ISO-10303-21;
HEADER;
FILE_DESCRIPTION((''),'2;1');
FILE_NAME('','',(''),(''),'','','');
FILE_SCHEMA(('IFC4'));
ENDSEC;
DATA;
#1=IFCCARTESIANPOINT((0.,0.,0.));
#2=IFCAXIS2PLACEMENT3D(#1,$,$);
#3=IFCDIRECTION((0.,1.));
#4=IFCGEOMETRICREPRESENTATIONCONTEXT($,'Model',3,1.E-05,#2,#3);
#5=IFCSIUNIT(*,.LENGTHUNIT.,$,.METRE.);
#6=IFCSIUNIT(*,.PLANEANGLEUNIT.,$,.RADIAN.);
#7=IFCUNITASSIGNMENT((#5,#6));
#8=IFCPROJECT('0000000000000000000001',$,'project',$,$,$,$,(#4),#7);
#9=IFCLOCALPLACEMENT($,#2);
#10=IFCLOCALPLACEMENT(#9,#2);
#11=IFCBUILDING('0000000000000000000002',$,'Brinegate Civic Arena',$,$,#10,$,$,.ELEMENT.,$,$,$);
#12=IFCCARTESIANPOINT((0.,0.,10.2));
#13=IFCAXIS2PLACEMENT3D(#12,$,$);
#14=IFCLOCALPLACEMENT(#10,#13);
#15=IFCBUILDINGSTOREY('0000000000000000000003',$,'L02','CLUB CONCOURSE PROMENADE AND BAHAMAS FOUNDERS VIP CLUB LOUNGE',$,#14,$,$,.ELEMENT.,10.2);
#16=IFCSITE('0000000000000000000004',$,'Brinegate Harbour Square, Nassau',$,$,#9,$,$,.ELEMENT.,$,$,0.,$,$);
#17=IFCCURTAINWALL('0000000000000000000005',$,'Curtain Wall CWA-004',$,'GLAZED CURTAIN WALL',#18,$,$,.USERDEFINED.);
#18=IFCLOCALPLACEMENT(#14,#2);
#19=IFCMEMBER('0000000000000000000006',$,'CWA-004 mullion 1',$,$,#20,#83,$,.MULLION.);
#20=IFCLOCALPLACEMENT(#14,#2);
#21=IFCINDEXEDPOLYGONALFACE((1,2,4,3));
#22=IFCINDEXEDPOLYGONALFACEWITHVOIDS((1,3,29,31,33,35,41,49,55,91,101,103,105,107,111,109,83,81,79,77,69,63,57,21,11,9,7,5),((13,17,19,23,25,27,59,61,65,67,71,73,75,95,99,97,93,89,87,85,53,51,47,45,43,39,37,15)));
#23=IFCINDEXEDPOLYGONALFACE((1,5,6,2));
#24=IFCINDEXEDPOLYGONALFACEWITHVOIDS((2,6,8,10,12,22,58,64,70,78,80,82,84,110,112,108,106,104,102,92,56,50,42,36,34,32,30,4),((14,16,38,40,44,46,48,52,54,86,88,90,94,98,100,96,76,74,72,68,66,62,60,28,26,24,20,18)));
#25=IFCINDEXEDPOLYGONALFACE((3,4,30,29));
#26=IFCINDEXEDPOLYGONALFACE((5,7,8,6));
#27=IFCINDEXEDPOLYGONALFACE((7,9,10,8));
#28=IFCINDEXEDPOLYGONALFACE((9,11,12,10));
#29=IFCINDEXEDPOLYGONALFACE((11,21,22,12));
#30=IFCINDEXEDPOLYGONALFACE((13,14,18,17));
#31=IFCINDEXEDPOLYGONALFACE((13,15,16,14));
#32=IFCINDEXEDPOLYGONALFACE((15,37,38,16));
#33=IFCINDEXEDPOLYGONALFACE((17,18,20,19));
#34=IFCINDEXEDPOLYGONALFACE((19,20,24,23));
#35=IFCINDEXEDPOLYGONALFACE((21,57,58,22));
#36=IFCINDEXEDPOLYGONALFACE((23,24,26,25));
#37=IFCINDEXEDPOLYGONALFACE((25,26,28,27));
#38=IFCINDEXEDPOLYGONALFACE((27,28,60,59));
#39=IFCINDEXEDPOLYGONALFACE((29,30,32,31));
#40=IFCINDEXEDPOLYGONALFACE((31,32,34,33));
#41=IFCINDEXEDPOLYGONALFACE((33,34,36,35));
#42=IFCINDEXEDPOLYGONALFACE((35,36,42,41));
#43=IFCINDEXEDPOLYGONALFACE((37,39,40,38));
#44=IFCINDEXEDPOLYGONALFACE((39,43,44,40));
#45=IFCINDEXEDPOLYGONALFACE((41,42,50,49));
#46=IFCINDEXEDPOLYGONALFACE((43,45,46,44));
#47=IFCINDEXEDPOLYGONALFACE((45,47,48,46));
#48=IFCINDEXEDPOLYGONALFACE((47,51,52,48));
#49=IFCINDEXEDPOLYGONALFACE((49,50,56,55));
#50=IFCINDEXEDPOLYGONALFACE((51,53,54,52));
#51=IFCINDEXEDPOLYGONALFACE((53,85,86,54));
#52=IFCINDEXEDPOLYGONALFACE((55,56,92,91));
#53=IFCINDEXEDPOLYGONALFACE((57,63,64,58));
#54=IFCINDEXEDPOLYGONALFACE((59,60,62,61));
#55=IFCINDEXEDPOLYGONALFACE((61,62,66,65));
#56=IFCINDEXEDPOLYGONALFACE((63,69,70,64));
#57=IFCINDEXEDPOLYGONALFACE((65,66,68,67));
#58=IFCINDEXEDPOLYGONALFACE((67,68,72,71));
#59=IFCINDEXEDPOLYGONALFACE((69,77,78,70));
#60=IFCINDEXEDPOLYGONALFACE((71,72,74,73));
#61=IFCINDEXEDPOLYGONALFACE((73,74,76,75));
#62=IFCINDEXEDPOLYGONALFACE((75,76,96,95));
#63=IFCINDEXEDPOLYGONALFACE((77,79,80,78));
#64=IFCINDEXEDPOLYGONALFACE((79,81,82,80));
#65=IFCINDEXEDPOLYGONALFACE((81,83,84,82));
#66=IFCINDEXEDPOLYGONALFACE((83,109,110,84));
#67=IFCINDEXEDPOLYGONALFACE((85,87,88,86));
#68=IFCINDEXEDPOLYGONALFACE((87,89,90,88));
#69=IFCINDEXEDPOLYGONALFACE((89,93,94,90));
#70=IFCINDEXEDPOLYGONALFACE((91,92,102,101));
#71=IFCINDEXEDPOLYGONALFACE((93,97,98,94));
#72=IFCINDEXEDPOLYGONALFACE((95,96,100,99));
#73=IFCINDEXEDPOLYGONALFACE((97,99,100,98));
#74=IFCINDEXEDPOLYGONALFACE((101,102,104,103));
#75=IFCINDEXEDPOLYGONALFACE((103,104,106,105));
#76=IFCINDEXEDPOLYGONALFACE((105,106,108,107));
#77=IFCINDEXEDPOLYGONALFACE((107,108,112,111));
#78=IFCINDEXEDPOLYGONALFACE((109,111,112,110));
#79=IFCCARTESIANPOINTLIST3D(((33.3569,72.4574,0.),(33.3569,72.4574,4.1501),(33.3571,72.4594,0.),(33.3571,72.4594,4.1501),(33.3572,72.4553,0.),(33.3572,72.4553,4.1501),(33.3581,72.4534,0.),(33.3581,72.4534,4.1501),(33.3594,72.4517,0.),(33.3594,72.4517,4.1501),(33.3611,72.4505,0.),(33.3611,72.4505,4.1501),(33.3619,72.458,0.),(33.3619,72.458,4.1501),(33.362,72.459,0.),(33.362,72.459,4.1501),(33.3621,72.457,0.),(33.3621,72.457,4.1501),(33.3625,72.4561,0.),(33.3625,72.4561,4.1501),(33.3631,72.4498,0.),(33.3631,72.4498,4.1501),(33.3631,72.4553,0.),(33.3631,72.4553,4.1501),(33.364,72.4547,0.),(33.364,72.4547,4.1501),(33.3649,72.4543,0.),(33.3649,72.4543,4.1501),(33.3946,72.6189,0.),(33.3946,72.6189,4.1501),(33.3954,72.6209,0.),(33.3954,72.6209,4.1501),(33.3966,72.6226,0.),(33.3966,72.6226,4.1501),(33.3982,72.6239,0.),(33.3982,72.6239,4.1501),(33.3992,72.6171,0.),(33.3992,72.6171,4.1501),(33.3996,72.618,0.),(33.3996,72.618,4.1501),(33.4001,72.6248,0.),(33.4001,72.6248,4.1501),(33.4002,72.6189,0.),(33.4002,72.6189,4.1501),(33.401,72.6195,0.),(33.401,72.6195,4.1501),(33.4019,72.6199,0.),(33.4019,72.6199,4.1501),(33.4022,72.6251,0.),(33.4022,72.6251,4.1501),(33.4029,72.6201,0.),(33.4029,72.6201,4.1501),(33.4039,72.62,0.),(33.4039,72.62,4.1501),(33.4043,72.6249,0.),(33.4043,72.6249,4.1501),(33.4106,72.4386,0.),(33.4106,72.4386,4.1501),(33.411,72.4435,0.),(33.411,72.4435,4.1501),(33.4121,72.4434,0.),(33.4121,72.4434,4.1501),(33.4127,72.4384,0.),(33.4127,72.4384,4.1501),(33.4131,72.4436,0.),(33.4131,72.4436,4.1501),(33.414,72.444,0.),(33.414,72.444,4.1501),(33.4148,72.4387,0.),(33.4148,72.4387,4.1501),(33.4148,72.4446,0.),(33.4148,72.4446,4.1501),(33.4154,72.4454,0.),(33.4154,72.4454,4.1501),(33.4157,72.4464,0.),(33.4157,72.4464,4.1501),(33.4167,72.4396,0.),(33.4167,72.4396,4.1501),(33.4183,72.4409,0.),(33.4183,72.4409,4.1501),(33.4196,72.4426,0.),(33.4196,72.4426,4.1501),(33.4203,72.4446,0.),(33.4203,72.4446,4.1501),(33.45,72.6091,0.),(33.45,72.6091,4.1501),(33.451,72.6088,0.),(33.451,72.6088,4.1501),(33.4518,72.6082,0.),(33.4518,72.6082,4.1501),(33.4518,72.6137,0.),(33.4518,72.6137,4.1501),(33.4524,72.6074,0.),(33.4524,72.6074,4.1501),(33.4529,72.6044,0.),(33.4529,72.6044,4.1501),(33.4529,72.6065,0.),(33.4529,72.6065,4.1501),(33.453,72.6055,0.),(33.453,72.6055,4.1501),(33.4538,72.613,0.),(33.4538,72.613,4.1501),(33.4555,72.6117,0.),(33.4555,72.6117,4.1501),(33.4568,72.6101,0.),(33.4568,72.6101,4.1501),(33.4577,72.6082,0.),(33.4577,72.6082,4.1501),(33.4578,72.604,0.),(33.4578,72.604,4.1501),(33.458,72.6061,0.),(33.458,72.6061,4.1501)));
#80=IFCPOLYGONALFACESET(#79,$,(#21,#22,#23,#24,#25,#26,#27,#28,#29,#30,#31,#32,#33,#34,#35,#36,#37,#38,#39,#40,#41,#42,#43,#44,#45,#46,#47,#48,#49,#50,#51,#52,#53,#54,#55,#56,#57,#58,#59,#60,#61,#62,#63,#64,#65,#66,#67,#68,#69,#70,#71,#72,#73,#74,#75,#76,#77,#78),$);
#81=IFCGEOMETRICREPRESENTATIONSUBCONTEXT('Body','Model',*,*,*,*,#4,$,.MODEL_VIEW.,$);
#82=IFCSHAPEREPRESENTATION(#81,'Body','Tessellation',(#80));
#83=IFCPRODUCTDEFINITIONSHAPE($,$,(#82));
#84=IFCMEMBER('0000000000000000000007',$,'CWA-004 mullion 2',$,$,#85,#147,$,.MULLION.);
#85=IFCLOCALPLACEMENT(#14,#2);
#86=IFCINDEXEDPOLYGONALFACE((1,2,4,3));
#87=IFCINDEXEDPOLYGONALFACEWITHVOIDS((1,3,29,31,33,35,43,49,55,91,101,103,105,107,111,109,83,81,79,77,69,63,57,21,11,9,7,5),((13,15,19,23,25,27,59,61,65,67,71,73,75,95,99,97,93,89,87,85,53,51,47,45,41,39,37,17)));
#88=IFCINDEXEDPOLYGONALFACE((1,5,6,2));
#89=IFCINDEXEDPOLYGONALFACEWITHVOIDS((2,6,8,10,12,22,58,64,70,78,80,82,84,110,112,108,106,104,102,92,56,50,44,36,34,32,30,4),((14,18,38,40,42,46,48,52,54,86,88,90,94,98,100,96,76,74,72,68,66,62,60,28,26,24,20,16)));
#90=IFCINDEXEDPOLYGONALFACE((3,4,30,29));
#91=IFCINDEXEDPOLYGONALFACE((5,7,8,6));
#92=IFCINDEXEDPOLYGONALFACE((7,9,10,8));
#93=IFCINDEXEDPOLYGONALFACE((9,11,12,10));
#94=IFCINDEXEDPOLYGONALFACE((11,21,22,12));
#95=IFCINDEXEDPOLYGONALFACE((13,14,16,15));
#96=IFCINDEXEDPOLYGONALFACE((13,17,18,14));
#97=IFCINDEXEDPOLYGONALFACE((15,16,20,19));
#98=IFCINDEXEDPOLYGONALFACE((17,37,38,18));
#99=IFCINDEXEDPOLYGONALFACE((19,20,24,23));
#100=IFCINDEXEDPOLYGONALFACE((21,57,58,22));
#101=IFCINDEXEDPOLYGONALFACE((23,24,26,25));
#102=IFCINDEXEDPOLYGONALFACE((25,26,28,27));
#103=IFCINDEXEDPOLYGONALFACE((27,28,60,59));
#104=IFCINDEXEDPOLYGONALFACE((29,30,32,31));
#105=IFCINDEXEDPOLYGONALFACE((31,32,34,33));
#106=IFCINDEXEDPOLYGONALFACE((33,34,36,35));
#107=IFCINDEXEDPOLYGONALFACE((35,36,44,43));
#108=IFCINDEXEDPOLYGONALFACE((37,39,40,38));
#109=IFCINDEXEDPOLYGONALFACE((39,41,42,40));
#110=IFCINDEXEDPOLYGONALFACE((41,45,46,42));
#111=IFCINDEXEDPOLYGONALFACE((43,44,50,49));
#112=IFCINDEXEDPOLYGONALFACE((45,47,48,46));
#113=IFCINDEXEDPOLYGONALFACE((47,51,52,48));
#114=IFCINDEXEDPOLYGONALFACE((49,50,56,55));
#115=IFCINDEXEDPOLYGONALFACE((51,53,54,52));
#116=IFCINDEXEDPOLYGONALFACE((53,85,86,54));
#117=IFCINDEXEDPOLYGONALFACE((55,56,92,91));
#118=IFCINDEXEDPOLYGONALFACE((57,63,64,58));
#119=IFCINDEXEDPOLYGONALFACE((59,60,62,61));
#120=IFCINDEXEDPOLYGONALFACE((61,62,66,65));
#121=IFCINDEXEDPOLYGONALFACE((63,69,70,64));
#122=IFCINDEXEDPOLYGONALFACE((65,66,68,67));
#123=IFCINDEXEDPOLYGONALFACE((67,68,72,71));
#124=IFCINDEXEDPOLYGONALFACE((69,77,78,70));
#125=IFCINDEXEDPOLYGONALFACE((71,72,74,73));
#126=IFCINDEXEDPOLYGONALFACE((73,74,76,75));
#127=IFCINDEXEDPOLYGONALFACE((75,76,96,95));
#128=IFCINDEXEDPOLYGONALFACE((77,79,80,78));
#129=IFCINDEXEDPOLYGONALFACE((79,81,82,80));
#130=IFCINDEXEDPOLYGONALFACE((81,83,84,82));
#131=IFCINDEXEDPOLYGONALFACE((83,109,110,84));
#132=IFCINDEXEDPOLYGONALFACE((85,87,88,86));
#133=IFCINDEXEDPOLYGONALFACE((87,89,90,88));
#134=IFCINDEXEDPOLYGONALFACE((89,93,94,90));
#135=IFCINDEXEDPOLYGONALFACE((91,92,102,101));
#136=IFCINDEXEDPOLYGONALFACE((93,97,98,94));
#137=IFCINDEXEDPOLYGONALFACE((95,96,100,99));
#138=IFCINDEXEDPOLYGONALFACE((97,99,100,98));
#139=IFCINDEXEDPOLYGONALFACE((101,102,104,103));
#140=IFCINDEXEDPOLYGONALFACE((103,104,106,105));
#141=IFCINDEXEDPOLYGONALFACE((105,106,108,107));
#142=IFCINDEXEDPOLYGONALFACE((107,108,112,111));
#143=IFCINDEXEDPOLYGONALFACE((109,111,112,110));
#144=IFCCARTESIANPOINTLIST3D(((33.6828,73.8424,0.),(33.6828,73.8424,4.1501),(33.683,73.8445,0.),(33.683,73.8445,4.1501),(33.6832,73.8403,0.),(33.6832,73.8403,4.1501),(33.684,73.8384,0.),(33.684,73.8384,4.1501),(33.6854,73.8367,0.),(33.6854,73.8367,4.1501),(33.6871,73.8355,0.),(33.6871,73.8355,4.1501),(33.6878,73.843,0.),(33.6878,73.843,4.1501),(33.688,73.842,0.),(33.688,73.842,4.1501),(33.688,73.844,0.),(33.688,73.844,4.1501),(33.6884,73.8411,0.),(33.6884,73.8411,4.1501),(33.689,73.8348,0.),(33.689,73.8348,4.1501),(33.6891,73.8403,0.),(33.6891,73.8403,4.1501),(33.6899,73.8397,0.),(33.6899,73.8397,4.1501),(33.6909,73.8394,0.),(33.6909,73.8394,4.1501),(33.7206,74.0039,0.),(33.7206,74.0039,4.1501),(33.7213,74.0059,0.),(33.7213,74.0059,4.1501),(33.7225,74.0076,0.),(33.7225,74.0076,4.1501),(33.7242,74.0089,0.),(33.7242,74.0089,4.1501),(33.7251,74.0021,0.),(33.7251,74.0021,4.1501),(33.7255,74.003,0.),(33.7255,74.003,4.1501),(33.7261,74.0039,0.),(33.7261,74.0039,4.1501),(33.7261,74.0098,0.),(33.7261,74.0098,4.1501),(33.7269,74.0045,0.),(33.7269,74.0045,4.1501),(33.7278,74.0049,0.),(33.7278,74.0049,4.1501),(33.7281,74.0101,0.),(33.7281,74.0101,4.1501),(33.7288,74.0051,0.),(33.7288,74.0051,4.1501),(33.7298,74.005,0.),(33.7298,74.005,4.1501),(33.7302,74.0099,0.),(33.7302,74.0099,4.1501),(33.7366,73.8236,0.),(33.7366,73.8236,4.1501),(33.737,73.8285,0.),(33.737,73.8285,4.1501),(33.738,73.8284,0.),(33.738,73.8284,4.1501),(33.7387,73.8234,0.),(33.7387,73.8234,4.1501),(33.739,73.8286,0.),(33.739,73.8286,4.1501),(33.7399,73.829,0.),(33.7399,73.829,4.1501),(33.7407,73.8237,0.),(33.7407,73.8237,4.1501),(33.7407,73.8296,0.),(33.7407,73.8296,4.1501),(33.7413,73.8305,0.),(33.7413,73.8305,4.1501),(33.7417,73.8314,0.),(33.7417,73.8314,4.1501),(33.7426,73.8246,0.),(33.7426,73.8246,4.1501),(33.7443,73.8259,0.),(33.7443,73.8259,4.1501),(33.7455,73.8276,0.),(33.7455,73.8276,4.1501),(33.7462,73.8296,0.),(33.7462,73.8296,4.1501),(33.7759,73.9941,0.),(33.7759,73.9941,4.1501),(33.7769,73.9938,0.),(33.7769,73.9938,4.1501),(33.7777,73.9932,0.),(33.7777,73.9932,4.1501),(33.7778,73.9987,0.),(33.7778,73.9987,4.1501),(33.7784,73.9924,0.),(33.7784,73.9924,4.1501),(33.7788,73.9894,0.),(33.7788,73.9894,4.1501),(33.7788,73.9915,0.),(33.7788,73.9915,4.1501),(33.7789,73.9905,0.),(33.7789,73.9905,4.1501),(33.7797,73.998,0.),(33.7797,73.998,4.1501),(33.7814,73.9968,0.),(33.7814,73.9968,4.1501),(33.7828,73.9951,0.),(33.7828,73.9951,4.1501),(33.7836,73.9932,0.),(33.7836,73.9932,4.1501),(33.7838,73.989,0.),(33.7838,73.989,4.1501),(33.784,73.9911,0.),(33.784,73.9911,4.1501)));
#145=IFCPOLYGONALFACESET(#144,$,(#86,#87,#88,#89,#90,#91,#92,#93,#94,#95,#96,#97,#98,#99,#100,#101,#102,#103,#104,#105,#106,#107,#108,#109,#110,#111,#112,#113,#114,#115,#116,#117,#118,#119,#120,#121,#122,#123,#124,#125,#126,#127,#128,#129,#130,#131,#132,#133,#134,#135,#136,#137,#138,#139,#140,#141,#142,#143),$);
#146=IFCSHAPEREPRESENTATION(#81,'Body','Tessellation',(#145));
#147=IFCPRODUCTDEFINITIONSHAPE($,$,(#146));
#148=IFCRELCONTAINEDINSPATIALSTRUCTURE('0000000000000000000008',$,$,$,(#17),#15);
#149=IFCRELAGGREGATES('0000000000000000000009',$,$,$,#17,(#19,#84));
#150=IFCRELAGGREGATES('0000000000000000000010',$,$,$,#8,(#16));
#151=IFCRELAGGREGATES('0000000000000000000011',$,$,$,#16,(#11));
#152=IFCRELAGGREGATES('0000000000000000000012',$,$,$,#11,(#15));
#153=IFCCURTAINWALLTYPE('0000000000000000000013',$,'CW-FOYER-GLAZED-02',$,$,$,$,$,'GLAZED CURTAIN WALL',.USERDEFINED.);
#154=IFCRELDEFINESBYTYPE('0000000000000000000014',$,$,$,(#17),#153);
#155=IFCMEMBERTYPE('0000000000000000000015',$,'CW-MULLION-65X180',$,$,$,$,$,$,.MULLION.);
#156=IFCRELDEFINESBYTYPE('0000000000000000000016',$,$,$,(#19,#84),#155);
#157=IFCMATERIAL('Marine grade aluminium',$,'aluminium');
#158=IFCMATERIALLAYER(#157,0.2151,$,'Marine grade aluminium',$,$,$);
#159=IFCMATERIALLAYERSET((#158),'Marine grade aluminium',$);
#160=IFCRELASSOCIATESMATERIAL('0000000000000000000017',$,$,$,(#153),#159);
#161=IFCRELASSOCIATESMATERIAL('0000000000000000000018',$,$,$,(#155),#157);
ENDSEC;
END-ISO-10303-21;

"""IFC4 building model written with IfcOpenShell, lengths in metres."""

from ifc_helpers import new_model, si_unit, direction, frame, origin, origin_2d, place, context, subcontext, project, spatial, hollow_rectangle, extrude, material, layer, layer_set, material_profile, profile_set, type_object, element, aggregate, save


model = new_model("IFC4")

# Units and contexts
model_context = context("Model", 3, precision=1e-05, world=origin(), true_north=direction((0.0, 1.0)))
body_context = subcontext(model_context, "Body", "Model", "MODEL_VIEW")
ifc_project = project(units=[si_unit("LENGTHUNIT", "METRE"), si_unit("PLANEANGLEUNIT", "RADIAN")], contexts=[model_context])

# Site, building, storey
site_placement = place(None, origin())
site = spatial("IfcSite", under=ifc_project, at=site_placement, Name="Brinegate Harbour Square, Nassau", CompositionType="ELEMENT", RefElevation=0.0)
building_placement = place(site_placement, origin())
building = spatial("IfcBuilding", under=site, at=building_placement, Name="Brinegate Civic Arena", CompositionType="ELEMENT")
storey_placement = place(building_placement, frame((0.0, 0.0, 10.2)))
storey = spatial("IfcBuildingStorey", under=building, at=storey_placement, Name="L02", Description="CLUB CONCOURSE PROMENADE AND BAHAMAS FOUNDERS VIP CLUB LOUNGE", CompositionType="ELEMENT", Elevation=10.2)

# Curtain wall, members
ifc_material_1 = material(Name="Marine grade aluminium", Category="aluminium")
ifc_layer_1 = layer(ifc_material_1, 0.2151, Name="Marine grade aluminium")
ifc_layer_set_1 = layer_set([ifc_layer_1], Name="Marine grade aluminium")
curtain_wall_type_1 = type_object("IfcCurtainWallType", Name="CW-FOYER-GLAZED-02", ElementType="GLAZED CURTAIN WALL", PredefinedType="USERDEFINED", material=ifc_layer_set_1)
curtain_wall_1_placement = place(storey_placement, origin())
curtain_wall_1 = element("IfcCurtainWall", 1, at=curtain_wall_1_placement, inside=storey, type_object=curtain_wall_type_1, Name="Curtain Wall CWA-004", ObjectType="GLAZED CURTAIN WALL", PredefinedType="USERDEFINED")
ifc_material_profile_1 = material_profile(ifc_material_1, hollow_rectangle(XDim=0.0649, YDim=0.1799, WallThickness=0.0049, InnerFilletRadius=0.0039, OuterFilletRadius=0.0081, at=origin_2d()), Name="MUL65X180")
ifc_profile_set_1 = profile_set([ifc_material_profile_1], Name="Marine grade aluminium")
member_type_1 = type_object("IfcMemberType", Name="CW-MULLION-65X180", PredefinedType="MULLION", material=ifc_profile_set_1)
member_1_placement = place(storey_placement, frame((33.4075, 72.5317, 0.0), z_axis=(0.0, 0.0, 1.0), x_axis=(-0.973417, 0.229039, 0.0)))
member_1 = element("IfcMember", 2, at=member_1_placement, type_object=member_type_1, Name="CWA-004 mullion 1", PredefinedType="MULLION", context=body_context, shape_type="SweptSolid", body=[
    extrude(hollow_rectangle(XDim=0.0649, YDim=0.1799, WallThickness=0.0049, InnerFilletRadius=0.0039, OuterFilletRadius=0.0081, at=origin_2d()), origin(), (0.0, 0.0, 1.0), 4.1501),
])
member_2_placement = place(storey_placement, frame((33.7334, 73.9167, 0.0), z_axis=(0.0, 0.0, 1.0), x_axis=(-0.973417, 0.229039, 0.0)))
member_2 = element("IfcMember", 3, at=member_2_placement, type_object=member_type_1, Name="CWA-004 mullion 2", PredefinedType="MULLION", context=body_context, shape_type="SweptSolid", body=[
    extrude(hollow_rectangle(XDim=0.0649, YDim=0.1799, WallThickness=0.0049, InnerFilletRadius=0.0039, OuterFilletRadius=0.0081, at=origin_2d()), origin(), (0.0, 0.0, 1.0), 4.1501),
])

aggregate(curtain_wall_1, [member_1, member_2])

save(model, "model.ifc")
